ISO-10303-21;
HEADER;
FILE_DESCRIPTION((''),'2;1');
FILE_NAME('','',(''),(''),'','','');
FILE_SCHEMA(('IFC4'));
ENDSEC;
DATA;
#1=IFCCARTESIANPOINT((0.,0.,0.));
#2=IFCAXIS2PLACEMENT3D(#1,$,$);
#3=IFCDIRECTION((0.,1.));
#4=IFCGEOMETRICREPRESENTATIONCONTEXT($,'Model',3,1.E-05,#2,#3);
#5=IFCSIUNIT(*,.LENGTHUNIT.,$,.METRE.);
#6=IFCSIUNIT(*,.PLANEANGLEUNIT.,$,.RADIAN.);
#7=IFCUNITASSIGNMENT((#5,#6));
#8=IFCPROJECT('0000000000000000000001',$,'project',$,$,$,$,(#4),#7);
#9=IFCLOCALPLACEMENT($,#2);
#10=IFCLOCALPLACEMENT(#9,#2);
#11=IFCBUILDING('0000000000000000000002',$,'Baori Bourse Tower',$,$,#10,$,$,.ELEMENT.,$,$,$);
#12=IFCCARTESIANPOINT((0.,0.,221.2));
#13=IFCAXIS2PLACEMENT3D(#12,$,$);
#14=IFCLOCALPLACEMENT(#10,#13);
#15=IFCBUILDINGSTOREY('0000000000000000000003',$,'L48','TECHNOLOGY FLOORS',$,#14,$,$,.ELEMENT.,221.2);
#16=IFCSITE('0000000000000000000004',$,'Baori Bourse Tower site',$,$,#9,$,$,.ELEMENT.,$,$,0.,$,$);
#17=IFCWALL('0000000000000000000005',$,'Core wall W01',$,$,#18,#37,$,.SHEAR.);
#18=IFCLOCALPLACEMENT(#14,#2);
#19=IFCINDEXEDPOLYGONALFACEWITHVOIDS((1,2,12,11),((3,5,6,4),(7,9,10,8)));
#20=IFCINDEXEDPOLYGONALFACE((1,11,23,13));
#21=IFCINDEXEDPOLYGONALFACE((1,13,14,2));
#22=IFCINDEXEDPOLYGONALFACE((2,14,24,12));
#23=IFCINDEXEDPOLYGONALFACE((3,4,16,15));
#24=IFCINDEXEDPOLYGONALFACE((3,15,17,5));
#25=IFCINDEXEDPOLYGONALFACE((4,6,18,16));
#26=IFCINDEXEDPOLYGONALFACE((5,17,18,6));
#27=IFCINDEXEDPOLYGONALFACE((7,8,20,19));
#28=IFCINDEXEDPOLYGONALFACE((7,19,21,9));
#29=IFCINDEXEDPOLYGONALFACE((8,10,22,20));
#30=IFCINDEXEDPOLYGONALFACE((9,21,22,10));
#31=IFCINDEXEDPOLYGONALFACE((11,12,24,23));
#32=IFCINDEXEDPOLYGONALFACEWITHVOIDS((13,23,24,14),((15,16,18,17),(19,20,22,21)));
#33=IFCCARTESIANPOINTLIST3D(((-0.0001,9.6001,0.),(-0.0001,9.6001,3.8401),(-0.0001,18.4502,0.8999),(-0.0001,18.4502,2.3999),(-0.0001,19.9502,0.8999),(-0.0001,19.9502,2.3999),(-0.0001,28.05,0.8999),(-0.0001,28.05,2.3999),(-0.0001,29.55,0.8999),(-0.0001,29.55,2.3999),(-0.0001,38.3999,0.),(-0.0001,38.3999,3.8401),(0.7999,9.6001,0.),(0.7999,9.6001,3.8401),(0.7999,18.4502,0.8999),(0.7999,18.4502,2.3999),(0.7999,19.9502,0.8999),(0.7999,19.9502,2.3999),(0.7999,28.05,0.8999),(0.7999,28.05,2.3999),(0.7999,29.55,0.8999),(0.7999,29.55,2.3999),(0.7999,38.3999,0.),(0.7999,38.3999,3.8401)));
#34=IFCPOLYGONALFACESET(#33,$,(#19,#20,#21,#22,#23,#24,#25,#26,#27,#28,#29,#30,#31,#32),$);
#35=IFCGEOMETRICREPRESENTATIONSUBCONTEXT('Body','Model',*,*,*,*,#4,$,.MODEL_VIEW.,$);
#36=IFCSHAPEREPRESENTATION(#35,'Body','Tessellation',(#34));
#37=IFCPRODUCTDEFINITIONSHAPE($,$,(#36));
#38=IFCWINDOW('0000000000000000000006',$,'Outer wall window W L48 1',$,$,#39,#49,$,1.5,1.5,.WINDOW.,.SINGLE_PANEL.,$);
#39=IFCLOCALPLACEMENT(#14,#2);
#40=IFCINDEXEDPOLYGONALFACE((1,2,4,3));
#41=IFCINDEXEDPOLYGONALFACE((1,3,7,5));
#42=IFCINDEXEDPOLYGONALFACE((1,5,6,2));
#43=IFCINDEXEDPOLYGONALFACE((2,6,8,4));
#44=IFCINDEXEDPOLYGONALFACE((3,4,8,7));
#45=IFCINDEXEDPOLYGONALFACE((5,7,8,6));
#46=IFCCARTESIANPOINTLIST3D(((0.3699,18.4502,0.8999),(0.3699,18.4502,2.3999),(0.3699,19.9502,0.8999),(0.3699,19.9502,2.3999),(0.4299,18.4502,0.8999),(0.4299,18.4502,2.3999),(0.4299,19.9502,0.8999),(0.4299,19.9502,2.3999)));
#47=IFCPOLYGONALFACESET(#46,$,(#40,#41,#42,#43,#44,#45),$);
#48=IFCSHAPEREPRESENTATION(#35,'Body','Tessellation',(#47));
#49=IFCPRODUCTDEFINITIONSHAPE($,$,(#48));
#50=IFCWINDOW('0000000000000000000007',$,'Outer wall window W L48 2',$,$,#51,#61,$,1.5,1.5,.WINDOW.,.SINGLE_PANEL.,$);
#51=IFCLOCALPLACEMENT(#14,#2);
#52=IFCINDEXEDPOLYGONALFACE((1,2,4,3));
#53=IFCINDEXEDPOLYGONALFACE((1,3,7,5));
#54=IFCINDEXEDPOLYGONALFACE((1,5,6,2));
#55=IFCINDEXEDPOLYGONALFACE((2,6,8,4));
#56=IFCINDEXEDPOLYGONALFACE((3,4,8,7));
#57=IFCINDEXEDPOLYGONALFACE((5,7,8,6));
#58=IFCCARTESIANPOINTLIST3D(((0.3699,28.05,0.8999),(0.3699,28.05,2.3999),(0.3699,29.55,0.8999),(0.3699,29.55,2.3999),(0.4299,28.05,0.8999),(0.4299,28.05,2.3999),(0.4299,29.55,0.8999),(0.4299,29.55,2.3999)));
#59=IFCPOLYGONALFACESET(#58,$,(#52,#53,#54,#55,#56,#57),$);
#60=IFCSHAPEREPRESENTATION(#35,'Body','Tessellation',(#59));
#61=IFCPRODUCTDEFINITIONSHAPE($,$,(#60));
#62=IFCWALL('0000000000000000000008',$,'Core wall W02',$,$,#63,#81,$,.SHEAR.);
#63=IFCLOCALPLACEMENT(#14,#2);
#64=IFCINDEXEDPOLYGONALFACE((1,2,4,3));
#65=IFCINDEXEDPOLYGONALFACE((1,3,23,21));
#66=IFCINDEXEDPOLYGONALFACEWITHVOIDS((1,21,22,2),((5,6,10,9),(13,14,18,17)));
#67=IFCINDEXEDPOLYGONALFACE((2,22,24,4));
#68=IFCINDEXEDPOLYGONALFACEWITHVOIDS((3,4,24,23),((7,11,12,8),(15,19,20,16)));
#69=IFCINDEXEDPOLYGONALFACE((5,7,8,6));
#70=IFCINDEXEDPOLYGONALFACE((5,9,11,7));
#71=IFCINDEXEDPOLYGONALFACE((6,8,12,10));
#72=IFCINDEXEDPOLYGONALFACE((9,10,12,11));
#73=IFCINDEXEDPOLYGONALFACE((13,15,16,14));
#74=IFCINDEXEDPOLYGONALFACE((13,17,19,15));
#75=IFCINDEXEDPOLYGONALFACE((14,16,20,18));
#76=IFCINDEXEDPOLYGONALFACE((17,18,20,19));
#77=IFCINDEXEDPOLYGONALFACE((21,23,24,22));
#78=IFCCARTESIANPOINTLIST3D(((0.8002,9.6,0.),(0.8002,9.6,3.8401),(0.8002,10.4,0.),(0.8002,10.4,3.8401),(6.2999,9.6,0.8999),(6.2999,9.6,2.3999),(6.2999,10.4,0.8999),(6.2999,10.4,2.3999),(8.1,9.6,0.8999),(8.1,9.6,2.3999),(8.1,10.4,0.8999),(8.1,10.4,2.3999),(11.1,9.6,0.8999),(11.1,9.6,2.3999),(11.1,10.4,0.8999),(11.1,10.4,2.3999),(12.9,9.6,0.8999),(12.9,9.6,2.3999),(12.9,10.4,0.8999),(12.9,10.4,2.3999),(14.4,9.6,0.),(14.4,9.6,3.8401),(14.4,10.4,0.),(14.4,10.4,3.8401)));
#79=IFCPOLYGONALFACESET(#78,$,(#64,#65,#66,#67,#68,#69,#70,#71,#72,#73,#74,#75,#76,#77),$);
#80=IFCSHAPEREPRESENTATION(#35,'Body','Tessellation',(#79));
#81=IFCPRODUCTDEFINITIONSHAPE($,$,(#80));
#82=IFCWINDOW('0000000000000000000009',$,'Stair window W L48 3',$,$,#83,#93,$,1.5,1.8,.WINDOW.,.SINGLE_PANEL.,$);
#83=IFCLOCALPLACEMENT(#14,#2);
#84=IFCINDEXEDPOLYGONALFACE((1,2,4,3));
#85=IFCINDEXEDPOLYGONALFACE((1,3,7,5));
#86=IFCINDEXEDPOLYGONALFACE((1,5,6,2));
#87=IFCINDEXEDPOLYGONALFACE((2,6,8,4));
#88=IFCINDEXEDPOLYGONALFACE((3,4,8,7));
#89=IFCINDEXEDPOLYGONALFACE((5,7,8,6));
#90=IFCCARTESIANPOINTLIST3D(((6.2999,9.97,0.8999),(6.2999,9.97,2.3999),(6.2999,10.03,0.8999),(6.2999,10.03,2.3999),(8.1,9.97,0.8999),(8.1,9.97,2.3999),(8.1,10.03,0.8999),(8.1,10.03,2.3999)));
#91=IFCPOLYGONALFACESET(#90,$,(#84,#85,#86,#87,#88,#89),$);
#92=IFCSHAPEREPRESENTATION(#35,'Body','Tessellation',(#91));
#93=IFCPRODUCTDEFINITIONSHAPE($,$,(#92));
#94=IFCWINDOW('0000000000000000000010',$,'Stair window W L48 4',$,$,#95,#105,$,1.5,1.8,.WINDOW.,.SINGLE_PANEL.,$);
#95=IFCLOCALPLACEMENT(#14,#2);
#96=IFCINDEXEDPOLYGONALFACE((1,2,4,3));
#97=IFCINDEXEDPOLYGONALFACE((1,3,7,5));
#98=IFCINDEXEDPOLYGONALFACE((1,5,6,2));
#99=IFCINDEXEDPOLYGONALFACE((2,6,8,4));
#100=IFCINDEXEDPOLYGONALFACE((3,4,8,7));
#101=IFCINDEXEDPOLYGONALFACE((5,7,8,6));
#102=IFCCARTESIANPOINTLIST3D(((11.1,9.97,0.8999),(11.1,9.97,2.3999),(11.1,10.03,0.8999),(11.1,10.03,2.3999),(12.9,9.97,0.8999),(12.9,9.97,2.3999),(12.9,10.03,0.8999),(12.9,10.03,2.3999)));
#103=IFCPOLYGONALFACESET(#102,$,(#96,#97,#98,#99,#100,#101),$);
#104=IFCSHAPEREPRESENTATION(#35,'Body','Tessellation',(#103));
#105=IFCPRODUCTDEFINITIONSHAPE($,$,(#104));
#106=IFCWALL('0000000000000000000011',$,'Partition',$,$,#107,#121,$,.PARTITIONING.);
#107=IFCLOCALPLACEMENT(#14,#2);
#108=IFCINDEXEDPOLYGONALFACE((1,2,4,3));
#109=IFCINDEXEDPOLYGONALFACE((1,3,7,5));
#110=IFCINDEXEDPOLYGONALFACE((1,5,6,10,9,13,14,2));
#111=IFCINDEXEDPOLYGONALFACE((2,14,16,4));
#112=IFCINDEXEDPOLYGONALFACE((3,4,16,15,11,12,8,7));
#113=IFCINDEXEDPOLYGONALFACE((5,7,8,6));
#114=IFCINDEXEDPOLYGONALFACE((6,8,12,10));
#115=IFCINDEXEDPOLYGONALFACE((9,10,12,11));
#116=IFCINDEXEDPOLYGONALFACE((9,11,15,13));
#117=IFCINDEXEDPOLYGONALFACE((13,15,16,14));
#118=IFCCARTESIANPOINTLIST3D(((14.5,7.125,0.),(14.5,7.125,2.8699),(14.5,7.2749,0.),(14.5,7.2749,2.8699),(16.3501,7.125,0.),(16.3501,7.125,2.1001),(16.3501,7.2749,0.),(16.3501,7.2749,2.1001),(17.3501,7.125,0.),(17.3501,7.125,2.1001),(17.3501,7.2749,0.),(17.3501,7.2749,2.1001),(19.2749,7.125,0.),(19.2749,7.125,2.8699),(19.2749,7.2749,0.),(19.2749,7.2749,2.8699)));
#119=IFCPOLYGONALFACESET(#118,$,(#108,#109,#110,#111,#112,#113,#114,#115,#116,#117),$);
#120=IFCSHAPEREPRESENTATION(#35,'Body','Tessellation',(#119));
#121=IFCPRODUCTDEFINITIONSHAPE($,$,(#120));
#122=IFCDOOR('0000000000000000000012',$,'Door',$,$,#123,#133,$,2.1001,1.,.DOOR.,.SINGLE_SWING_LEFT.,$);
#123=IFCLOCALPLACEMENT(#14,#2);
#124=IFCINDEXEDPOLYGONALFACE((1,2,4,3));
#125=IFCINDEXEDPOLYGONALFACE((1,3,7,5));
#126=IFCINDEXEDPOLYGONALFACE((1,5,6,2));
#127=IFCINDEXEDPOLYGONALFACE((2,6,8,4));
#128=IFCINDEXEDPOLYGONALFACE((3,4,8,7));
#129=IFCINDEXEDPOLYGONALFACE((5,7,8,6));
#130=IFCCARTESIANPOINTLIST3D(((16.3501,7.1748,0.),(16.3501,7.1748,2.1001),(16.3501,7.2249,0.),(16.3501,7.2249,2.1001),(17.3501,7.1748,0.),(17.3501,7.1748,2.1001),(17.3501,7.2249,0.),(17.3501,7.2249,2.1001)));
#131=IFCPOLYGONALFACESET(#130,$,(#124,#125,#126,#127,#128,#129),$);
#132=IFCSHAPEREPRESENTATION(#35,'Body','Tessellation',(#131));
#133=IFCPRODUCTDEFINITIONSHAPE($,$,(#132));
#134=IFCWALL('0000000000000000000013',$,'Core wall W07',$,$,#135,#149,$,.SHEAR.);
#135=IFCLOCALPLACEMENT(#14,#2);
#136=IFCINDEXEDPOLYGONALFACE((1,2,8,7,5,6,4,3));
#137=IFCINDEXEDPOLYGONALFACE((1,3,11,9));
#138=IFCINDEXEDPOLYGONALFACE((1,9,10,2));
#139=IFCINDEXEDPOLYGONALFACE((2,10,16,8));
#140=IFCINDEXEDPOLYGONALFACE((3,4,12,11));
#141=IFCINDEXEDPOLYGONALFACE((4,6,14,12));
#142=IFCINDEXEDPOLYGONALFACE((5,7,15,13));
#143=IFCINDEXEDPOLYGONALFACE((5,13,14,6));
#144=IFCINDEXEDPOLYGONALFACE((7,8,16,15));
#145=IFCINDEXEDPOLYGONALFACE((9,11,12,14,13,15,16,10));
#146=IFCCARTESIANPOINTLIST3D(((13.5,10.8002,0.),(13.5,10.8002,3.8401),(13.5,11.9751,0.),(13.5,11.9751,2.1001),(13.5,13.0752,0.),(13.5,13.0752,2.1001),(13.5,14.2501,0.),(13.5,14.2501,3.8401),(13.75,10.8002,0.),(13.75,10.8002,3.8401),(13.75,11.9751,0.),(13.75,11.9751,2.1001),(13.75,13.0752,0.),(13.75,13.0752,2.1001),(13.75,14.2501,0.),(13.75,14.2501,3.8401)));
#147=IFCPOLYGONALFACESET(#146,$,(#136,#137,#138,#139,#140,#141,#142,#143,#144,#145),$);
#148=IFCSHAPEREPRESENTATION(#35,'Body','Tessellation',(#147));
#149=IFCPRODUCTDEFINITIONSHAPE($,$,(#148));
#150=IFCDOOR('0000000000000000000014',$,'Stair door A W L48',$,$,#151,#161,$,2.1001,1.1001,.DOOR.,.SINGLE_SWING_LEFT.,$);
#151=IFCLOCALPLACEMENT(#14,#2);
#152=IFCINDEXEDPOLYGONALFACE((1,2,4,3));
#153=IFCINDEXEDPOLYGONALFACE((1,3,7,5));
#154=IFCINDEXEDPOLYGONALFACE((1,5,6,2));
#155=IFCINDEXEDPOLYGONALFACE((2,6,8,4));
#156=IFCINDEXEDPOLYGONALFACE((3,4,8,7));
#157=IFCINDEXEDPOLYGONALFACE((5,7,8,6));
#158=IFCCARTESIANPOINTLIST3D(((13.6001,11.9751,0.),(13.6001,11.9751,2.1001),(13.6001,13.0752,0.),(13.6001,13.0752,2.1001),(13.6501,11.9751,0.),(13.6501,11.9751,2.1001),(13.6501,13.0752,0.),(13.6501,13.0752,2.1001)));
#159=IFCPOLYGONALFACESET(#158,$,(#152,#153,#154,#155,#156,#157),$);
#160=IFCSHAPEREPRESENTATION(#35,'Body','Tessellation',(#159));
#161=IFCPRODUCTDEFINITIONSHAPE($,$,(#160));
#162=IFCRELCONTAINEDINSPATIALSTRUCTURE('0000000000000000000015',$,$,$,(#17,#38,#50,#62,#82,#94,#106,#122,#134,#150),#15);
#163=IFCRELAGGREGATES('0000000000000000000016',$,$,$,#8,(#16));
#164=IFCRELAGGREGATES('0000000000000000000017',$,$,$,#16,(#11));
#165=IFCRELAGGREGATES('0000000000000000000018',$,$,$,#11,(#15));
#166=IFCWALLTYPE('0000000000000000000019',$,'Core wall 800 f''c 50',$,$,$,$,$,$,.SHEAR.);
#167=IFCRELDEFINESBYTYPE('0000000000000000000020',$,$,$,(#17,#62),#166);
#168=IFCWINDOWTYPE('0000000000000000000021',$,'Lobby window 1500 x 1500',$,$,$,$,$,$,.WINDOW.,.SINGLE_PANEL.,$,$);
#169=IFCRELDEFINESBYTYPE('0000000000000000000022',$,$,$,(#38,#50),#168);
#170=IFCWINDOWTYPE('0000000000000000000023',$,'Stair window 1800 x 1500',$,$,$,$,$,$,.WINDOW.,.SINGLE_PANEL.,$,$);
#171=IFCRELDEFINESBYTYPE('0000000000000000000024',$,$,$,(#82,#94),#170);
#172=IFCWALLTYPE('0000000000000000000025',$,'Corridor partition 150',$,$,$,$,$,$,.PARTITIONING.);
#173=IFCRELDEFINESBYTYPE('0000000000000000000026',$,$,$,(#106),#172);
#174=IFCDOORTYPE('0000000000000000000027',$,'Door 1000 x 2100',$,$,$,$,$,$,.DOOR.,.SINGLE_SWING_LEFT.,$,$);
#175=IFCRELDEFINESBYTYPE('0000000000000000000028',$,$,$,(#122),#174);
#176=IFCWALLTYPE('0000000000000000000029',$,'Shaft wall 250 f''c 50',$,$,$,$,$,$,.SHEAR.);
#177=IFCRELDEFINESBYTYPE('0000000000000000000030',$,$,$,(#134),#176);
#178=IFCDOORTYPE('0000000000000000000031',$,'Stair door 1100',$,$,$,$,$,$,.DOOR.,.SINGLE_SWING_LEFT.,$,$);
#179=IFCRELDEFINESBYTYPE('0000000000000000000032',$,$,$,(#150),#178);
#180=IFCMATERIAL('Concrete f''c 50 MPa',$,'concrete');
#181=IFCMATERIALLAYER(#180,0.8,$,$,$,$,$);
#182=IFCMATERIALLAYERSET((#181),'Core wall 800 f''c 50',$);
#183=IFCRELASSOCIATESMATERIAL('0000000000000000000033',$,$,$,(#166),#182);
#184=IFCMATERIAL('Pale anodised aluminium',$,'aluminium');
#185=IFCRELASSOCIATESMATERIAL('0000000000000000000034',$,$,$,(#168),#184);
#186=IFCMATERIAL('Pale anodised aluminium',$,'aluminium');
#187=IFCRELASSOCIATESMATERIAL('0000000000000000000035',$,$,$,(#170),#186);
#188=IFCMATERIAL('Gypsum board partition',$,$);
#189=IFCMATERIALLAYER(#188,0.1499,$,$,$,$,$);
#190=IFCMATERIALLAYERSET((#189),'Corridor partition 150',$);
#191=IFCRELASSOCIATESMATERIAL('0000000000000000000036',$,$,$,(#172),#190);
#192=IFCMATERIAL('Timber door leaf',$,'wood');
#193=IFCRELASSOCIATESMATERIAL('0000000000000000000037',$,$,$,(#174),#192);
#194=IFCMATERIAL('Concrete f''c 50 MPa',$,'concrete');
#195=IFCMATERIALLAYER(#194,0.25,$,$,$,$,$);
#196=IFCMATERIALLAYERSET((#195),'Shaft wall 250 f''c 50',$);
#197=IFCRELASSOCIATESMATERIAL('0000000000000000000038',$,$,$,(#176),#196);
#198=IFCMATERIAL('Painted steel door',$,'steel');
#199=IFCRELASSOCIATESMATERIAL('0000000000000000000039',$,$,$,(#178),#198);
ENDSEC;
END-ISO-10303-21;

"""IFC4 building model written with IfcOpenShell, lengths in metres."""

from ifc_helpers import new_model, si_unit, direction, frame, frame_2d, origin, place, context, subcontext, project, spatial, rectangle, extrude, material, layer, layer_set, type_object, element, fill, save


model = new_model("IFC4")

# Units and contexts
model_context = context("Model", 3, precision=1e-05, world=origin(), true_north=direction((0.0, 1.0)))
body_context = subcontext(model_context, "Body", "Model", "MODEL_VIEW")
ifc_project = project(units=[si_unit("LENGTHUNIT", "METRE"), si_unit("PLANEANGLEUNIT", "RADIAN")], contexts=[model_context])

# Site, building, storey
site_placement = place(None, origin())
site = spatial("IfcSite", under=ifc_project, at=site_placement, Name="Baori Bourse Tower site", CompositionType="ELEMENT", RefElevation=0.0)
building_placement = place(site_placement, origin())
building = spatial("IfcBuilding", under=site, at=building_placement, Name="Baori Bourse Tower", CompositionType="ELEMENT")
storey_placement = place(building_placement, frame((0.0, 0.0, 221.2)))
storey = spatial("IfcBuildingStorey", under=building, at=storey_placement, Name="L48", Description="TECHNOLOGY FLOORS", CompositionType="ELEMENT", Elevation=221.2)

# Walls, openings, windows
ifc_material_1 = material(Name="Concrete f'c 50 MPa", Category="concrete")
ifc_layer_1 = layer(ifc_material_1, 0.8)
ifc_layer_set_1 = layer_set([ifc_layer_1], Name="Core wall 800 f'c 50")
wall_type_1 = type_object("IfcWallType", Name="Core wall 800 f'c 50", PredefinedType="SHEAR", material=ifc_layer_set_1)
wall_1_placement = place(storey_placement, frame((0.3999, 9.6001, 0.0), z_axis=(0.0, 0.0, 1.0), x_axis=(0.0, 1.0, 0.0)))
wall_1 = element("IfcWall", 1, at=wall_1_placement, inside=storey, type_object=wall_type_1, Name="Core wall W01", PredefinedType="SHEAR", context=body_context, shape_type="SweptSolid", body=[
    extrude(rectangle(XDim=28.7998, YDim=0.8, at=frame_2d((14.3999, 0.0))), origin(), (0.0, 0.0, 1.0), 3.8401),
])
opening_1_placement = place(wall_1_placement, frame((8.8501, 0.0, 0.8999)))
opening_1 = element("IfcOpeningElement", 2, at=opening_1_placement, cuts=wall_1, PredefinedType="OPENING", context=body_context, shape_type="SweptSolid", body=[
    extrude(rectangle(XDim=1.5, YDim=1.5, at=frame_2d((0.75, 0.75))), frame((0.0, 0.4099, 0.0), z_axis=(0.0, -1.0, 0.0), x_axis=(1.0, 0.0, 0.0)), (0.0, 0.0, 1.0), 0.8201),
])
opening_2_placement = place(wall_1_placement, frame((18.45, 0.0, 0.8999)))
opening_2 = element("IfcOpeningElement", 3, at=opening_2_placement, cuts=wall_1, PredefinedType="OPENING", context=body_context, shape_type="SweptSolid", body=[
    extrude(rectangle(XDim=1.5, YDim=1.5, at=frame_2d((0.75, 0.75))), frame((0.0, 0.4099, 0.0), z_axis=(0.0, -1.0, 0.0), x_axis=(1.0, 0.0, 0.0)), (0.0, 0.0, 1.0), 0.8201),
])
ifc_material_2 = material(Name="Pale anodised aluminium", Category="aluminium")
window_type_1 = type_object("IfcWindowType", Name="Lobby window 1500 x 1500", PartitioningType="SINGLE_PANEL", PredefinedType="WINDOW", material=ifc_material_2)
window_1_placement = place(opening_1_placement, origin())
window_1 = element("IfcWindow", 4, at=window_1_placement, inside=storey, type_object=window_type_1, Name="Outer wall window W L48 1", OverallHeight=1.5, OverallWidth=1.5, PartitioningType="SINGLE_PANEL", PredefinedType="WINDOW", context=body_context, shape_type="SweptSolid", body=[
    extrude(rectangle(XDim=1.5, YDim=1.5, at=frame_2d((0.75, 0.75))), frame((0.0, 0.03, 0.0), z_axis=(0.0, -1.0, 0.0), x_axis=(1.0, 0.0, 0.0)), (0.0, 0.0, 1.0), 0.0601),
])
fill(opening_1, window_1)
window_2_placement = place(opening_2_placement, origin())
window_2 = element("IfcWindow", 5, at=window_2_placement, inside=storey, type_object=window_type_1, Name="Outer wall window W L48 2", OverallHeight=1.5, OverallWidth=1.5, PartitioningType="SINGLE_PANEL", PredefinedType="WINDOW", context=body_context, shape_type="SweptSolid", body=[
    extrude(rectangle(XDim=1.5, YDim=1.5, at=frame_2d((0.75, 0.75))), frame((0.0, 0.03, 0.0), z_axis=(0.0, -1.0, 0.0), x_axis=(1.0, 0.0, 0.0)), (0.0, 0.0, 1.0), 0.0601),
])
fill(opening_2, window_2)
wall_2_placement = place(storey_placement, frame((14.3999, 10.0, 0.0), z_axis=(0.0, 0.0, 1.0), x_axis=(-1.0, 0.0, 0.0)))
wall_2 = element("IfcWall", 6, at=wall_2_placement, inside=storey, type_object=wall_type_1, Name="Core wall W02", PredefinedType="SHEAR", context=body_context, shape_type="SweptSolid", body=[
    extrude(rectangle(XDim=13.5999, YDim=0.8, at=frame_2d((6.7998, 0.0))), origin(), (0.0, 0.0, 1.0), 3.8401),
])
opening_3_placement = place(wall_2_placement, frame((6.3, 0.0, 0.8999)))
opening_3 = element("IfcOpeningElement", 7, at=opening_3_placement, cuts=wall_2, PredefinedType="OPENING", context=body_context, shape_type="SweptSolid", body=[
    extrude(rectangle(XDim=1.8, YDim=1.5, at=frame_2d((0.8999, 0.75))), frame((0.0, 0.4099, 0.0), z_axis=(0.0, -1.0, 0.0), x_axis=(1.0, 0.0, 0.0)), (0.0, 0.0, 1.0), 0.8201),
])
opening_4_placement = place(wall_2_placement, frame((1.5, 0.0, 0.8999)))
opening_4 = element("IfcOpeningElement", 8, at=opening_4_placement, cuts=wall_2, PredefinedType="OPENING", context=body_context, shape_type="SweptSolid", body=[
    extrude(rectangle(XDim=1.8, YDim=1.5, at=frame_2d((0.8999, 0.75))), frame((0.0, 0.4099, 0.0), z_axis=(0.0, -1.0, 0.0), x_axis=(1.0, 0.0, 0.0)), (0.0, 0.0, 1.0), 0.8201),
])
ifc_material_3 = material(Name="Pale anodised aluminium", Category="aluminium")
window_type_2 = type_object("IfcWindowType", Name="Stair window 1800 x 1500", PartitioningType="SINGLE_PANEL", PredefinedType="WINDOW", material=ifc_material_3)
window_3_placement = place(opening_3_placement, origin())
window_3 = element("IfcWindow", 9, at=window_3_placement, inside=storey, type_object=window_type_2, Name="Stair window W L48 3", OverallHeight=1.5, OverallWidth=1.8, PartitioningType="SINGLE_PANEL", PredefinedType="WINDOW", context=body_context, shape_type="SweptSolid", body=[
    extrude(rectangle(XDim=1.8, YDim=1.5, at=frame_2d((0.8999, 0.75))), frame((0.0, 0.03, 0.0), z_axis=(0.0, -1.0, 0.0), x_axis=(1.0, 0.0, 0.0)), (0.0, 0.0, 1.0), 0.0601),
])
fill(opening_3, window_3)
window_4_placement = place(opening_4_placement, origin())
window_4 = element("IfcWindow", 10, at=window_4_placement, inside=storey, type_object=window_type_2, Name="Stair window W L48 4", OverallHeight=1.5, OverallWidth=1.8, PartitioningType="SINGLE_PANEL", PredefinedType="WINDOW", context=body_context, shape_type="SweptSolid", body=[
    extrude(rectangle(XDim=1.8, YDim=1.5, at=frame_2d((0.8999, 0.75))), frame((0.0, 0.03, 0.0), z_axis=(0.0, -1.0, 0.0), x_axis=(1.0, 0.0, 0.0)), (0.0, 0.0, 1.0), 0.0601),
])
fill(opening_4, window_4)

# Walls, openings, doors
ifc_material_4 = material(Name="Gypsum board partition")
ifc_layer_2 = layer(ifc_material_4, 0.1499)
ifc_layer_set_2 = layer_set([ifc_layer_2], Name="Corridor partition 150")
wall_type_2 = type_object("IfcWallType", Name="Corridor partition 150", PredefinedType="PARTITIONING", material=ifc_layer_set_2)
wall_3_placement = place(storey_placement, frame((14.5, 7.2, 0.0), z_axis=(0.0, 0.0, 1.0), x_axis=(1.0, 0.0, 0.0)))
wall_3 = element("IfcWall", 11, at=wall_3_placement, inside=storey, type_object=wall_type_2, Name="Partition", PredefinedType="PARTITIONING", context=body_context, shape_type="SweptSolid", body=[
    extrude(rectangle(XDim=4.7749, YDim=0.1499, at=frame_2d((2.3875, 0.0))), origin(), (0.0, 0.0, 1.0), 2.8699),
])
opening_5_placement = place(wall_3_placement, frame((1.8501, 0.0, 0.0)))
opening_5 = element("IfcOpeningElement", 12, at=opening_5_placement, cuts=wall_3, PredefinedType="OPENING", context=body_context, shape_type="SweptSolid", body=[
    extrude(rectangle(XDim=1.0, YDim=2.1001, at=frame_2d((0.5, 1.05))), frame((0.0, 0.085, 0.0), z_axis=(0.0, -1.0, 0.0), x_axis=(1.0, 0.0, 0.0)), (0.0, 0.0, 1.0), 0.1699),
])
ifc_material_5 = material(Name="Timber door leaf", Category="wood")
door_type_1 = type_object("IfcDoorType", Name="Door 1000 x 2100", OperationType="SINGLE_SWING_LEFT", PredefinedType="DOOR", material=ifc_material_5)
door_1_placement = place(opening_5_placement, origin())
door_1 = element("IfcDoor", 13, at=door_1_placement, inside=storey, type_object=door_type_1, Name="Door", OperationType="SINGLE_SWING_LEFT", OverallHeight=2.1001, OverallWidth=1.0, PredefinedType="DOOR", context=body_context, shape_type="SweptSolid", body=[
    extrude(rectangle(XDim=1.0, YDim=2.1001, at=frame_2d((0.5, 1.05))), frame((0.0, 0.0249, 0.0), z_axis=(0.0, -1.0, 0.0), x_axis=(1.0, 0.0, 0.0)), (0.0, 0.0, 1.0), 0.05),
])
fill(opening_5, door_1)
ifc_material_6 = material(Name="Concrete f'c 50 MPa", Category="concrete")
ifc_layer_3 = layer(ifc_material_6, 0.25)
ifc_layer_set_3 = layer_set([ifc_layer_3], Name="Shaft wall 250 f'c 50")
wall_type_3 = type_object("IfcWallType", Name="Shaft wall 250 f'c 50", PredefinedType="SHEAR", material=ifc_layer_set_3)
wall_4_placement = place(storey_placement, frame((13.625, 10.8, 0.0), z_axis=(0.0, 0.0, 1.0), x_axis=(0.0, 1.0, 0.0)))
wall_4 = element("IfcWall", 14, at=wall_4_placement, inside=storey, type_object=wall_type_3, Name="Core wall W07", PredefinedType="SHEAR", context=body_context, shape_type="SweptSolid", body=[
    extrude(rectangle(XDim=3.45, YDim=0.25, at=frame_2d((1.7251, 0.0))), origin(), (0.0, 0.0, 1.0), 3.8401),
])
opening_6_placement = place(wall_4_placement, frame((1.175, 0.0, 0.0)))
opening_6 = element("IfcOpeningElement", 15, at=opening_6_placement, cuts=wall_4, PredefinedType="OPENING", context=body_context, shape_type="SweptSolid", body=[
    extrude(rectangle(XDim=1.1001, YDim=2.1001, at=frame_2d((0.55, 1.05))), frame((0.0, 0.135, 0.0), z_axis=(0.0, -1.0, 0.0), x_axis=(1.0, 0.0, 0.0)), (0.0, 0.0, 1.0), 0.27),
])
ifc_material_7 = material(Name="Painted steel door", Category="steel")
door_type_2 = type_object("IfcDoorType", Name="Stair door 1100", OperationType="SINGLE_SWING_LEFT", PredefinedType="DOOR", material=ifc_material_7)
door_2_placement = place(opening_6_placement, origin())
door_2 = element("IfcDoor", 16, at=door_2_placement, inside=storey, type_object=door_type_2, Name="Stair door A W L48", OperationType="SINGLE_SWING_LEFT", OverallHeight=2.1001, OverallWidth=1.1001, PredefinedType="DOOR", context=body_context, shape_type="SweptSolid", body=[
    extrude(rectangle(XDim=1.1001, YDim=2.1001, at=frame_2d((0.55, 1.05))), frame((0.0, 0.0249, 0.0), z_axis=(0.0, -1.0, 0.0), x_axis=(1.0, 0.0, 0.0)), (0.0, 0.0, 1.0), 0.05),
])
fill(opening_6, door_2)

save(model, "model.ifc")
